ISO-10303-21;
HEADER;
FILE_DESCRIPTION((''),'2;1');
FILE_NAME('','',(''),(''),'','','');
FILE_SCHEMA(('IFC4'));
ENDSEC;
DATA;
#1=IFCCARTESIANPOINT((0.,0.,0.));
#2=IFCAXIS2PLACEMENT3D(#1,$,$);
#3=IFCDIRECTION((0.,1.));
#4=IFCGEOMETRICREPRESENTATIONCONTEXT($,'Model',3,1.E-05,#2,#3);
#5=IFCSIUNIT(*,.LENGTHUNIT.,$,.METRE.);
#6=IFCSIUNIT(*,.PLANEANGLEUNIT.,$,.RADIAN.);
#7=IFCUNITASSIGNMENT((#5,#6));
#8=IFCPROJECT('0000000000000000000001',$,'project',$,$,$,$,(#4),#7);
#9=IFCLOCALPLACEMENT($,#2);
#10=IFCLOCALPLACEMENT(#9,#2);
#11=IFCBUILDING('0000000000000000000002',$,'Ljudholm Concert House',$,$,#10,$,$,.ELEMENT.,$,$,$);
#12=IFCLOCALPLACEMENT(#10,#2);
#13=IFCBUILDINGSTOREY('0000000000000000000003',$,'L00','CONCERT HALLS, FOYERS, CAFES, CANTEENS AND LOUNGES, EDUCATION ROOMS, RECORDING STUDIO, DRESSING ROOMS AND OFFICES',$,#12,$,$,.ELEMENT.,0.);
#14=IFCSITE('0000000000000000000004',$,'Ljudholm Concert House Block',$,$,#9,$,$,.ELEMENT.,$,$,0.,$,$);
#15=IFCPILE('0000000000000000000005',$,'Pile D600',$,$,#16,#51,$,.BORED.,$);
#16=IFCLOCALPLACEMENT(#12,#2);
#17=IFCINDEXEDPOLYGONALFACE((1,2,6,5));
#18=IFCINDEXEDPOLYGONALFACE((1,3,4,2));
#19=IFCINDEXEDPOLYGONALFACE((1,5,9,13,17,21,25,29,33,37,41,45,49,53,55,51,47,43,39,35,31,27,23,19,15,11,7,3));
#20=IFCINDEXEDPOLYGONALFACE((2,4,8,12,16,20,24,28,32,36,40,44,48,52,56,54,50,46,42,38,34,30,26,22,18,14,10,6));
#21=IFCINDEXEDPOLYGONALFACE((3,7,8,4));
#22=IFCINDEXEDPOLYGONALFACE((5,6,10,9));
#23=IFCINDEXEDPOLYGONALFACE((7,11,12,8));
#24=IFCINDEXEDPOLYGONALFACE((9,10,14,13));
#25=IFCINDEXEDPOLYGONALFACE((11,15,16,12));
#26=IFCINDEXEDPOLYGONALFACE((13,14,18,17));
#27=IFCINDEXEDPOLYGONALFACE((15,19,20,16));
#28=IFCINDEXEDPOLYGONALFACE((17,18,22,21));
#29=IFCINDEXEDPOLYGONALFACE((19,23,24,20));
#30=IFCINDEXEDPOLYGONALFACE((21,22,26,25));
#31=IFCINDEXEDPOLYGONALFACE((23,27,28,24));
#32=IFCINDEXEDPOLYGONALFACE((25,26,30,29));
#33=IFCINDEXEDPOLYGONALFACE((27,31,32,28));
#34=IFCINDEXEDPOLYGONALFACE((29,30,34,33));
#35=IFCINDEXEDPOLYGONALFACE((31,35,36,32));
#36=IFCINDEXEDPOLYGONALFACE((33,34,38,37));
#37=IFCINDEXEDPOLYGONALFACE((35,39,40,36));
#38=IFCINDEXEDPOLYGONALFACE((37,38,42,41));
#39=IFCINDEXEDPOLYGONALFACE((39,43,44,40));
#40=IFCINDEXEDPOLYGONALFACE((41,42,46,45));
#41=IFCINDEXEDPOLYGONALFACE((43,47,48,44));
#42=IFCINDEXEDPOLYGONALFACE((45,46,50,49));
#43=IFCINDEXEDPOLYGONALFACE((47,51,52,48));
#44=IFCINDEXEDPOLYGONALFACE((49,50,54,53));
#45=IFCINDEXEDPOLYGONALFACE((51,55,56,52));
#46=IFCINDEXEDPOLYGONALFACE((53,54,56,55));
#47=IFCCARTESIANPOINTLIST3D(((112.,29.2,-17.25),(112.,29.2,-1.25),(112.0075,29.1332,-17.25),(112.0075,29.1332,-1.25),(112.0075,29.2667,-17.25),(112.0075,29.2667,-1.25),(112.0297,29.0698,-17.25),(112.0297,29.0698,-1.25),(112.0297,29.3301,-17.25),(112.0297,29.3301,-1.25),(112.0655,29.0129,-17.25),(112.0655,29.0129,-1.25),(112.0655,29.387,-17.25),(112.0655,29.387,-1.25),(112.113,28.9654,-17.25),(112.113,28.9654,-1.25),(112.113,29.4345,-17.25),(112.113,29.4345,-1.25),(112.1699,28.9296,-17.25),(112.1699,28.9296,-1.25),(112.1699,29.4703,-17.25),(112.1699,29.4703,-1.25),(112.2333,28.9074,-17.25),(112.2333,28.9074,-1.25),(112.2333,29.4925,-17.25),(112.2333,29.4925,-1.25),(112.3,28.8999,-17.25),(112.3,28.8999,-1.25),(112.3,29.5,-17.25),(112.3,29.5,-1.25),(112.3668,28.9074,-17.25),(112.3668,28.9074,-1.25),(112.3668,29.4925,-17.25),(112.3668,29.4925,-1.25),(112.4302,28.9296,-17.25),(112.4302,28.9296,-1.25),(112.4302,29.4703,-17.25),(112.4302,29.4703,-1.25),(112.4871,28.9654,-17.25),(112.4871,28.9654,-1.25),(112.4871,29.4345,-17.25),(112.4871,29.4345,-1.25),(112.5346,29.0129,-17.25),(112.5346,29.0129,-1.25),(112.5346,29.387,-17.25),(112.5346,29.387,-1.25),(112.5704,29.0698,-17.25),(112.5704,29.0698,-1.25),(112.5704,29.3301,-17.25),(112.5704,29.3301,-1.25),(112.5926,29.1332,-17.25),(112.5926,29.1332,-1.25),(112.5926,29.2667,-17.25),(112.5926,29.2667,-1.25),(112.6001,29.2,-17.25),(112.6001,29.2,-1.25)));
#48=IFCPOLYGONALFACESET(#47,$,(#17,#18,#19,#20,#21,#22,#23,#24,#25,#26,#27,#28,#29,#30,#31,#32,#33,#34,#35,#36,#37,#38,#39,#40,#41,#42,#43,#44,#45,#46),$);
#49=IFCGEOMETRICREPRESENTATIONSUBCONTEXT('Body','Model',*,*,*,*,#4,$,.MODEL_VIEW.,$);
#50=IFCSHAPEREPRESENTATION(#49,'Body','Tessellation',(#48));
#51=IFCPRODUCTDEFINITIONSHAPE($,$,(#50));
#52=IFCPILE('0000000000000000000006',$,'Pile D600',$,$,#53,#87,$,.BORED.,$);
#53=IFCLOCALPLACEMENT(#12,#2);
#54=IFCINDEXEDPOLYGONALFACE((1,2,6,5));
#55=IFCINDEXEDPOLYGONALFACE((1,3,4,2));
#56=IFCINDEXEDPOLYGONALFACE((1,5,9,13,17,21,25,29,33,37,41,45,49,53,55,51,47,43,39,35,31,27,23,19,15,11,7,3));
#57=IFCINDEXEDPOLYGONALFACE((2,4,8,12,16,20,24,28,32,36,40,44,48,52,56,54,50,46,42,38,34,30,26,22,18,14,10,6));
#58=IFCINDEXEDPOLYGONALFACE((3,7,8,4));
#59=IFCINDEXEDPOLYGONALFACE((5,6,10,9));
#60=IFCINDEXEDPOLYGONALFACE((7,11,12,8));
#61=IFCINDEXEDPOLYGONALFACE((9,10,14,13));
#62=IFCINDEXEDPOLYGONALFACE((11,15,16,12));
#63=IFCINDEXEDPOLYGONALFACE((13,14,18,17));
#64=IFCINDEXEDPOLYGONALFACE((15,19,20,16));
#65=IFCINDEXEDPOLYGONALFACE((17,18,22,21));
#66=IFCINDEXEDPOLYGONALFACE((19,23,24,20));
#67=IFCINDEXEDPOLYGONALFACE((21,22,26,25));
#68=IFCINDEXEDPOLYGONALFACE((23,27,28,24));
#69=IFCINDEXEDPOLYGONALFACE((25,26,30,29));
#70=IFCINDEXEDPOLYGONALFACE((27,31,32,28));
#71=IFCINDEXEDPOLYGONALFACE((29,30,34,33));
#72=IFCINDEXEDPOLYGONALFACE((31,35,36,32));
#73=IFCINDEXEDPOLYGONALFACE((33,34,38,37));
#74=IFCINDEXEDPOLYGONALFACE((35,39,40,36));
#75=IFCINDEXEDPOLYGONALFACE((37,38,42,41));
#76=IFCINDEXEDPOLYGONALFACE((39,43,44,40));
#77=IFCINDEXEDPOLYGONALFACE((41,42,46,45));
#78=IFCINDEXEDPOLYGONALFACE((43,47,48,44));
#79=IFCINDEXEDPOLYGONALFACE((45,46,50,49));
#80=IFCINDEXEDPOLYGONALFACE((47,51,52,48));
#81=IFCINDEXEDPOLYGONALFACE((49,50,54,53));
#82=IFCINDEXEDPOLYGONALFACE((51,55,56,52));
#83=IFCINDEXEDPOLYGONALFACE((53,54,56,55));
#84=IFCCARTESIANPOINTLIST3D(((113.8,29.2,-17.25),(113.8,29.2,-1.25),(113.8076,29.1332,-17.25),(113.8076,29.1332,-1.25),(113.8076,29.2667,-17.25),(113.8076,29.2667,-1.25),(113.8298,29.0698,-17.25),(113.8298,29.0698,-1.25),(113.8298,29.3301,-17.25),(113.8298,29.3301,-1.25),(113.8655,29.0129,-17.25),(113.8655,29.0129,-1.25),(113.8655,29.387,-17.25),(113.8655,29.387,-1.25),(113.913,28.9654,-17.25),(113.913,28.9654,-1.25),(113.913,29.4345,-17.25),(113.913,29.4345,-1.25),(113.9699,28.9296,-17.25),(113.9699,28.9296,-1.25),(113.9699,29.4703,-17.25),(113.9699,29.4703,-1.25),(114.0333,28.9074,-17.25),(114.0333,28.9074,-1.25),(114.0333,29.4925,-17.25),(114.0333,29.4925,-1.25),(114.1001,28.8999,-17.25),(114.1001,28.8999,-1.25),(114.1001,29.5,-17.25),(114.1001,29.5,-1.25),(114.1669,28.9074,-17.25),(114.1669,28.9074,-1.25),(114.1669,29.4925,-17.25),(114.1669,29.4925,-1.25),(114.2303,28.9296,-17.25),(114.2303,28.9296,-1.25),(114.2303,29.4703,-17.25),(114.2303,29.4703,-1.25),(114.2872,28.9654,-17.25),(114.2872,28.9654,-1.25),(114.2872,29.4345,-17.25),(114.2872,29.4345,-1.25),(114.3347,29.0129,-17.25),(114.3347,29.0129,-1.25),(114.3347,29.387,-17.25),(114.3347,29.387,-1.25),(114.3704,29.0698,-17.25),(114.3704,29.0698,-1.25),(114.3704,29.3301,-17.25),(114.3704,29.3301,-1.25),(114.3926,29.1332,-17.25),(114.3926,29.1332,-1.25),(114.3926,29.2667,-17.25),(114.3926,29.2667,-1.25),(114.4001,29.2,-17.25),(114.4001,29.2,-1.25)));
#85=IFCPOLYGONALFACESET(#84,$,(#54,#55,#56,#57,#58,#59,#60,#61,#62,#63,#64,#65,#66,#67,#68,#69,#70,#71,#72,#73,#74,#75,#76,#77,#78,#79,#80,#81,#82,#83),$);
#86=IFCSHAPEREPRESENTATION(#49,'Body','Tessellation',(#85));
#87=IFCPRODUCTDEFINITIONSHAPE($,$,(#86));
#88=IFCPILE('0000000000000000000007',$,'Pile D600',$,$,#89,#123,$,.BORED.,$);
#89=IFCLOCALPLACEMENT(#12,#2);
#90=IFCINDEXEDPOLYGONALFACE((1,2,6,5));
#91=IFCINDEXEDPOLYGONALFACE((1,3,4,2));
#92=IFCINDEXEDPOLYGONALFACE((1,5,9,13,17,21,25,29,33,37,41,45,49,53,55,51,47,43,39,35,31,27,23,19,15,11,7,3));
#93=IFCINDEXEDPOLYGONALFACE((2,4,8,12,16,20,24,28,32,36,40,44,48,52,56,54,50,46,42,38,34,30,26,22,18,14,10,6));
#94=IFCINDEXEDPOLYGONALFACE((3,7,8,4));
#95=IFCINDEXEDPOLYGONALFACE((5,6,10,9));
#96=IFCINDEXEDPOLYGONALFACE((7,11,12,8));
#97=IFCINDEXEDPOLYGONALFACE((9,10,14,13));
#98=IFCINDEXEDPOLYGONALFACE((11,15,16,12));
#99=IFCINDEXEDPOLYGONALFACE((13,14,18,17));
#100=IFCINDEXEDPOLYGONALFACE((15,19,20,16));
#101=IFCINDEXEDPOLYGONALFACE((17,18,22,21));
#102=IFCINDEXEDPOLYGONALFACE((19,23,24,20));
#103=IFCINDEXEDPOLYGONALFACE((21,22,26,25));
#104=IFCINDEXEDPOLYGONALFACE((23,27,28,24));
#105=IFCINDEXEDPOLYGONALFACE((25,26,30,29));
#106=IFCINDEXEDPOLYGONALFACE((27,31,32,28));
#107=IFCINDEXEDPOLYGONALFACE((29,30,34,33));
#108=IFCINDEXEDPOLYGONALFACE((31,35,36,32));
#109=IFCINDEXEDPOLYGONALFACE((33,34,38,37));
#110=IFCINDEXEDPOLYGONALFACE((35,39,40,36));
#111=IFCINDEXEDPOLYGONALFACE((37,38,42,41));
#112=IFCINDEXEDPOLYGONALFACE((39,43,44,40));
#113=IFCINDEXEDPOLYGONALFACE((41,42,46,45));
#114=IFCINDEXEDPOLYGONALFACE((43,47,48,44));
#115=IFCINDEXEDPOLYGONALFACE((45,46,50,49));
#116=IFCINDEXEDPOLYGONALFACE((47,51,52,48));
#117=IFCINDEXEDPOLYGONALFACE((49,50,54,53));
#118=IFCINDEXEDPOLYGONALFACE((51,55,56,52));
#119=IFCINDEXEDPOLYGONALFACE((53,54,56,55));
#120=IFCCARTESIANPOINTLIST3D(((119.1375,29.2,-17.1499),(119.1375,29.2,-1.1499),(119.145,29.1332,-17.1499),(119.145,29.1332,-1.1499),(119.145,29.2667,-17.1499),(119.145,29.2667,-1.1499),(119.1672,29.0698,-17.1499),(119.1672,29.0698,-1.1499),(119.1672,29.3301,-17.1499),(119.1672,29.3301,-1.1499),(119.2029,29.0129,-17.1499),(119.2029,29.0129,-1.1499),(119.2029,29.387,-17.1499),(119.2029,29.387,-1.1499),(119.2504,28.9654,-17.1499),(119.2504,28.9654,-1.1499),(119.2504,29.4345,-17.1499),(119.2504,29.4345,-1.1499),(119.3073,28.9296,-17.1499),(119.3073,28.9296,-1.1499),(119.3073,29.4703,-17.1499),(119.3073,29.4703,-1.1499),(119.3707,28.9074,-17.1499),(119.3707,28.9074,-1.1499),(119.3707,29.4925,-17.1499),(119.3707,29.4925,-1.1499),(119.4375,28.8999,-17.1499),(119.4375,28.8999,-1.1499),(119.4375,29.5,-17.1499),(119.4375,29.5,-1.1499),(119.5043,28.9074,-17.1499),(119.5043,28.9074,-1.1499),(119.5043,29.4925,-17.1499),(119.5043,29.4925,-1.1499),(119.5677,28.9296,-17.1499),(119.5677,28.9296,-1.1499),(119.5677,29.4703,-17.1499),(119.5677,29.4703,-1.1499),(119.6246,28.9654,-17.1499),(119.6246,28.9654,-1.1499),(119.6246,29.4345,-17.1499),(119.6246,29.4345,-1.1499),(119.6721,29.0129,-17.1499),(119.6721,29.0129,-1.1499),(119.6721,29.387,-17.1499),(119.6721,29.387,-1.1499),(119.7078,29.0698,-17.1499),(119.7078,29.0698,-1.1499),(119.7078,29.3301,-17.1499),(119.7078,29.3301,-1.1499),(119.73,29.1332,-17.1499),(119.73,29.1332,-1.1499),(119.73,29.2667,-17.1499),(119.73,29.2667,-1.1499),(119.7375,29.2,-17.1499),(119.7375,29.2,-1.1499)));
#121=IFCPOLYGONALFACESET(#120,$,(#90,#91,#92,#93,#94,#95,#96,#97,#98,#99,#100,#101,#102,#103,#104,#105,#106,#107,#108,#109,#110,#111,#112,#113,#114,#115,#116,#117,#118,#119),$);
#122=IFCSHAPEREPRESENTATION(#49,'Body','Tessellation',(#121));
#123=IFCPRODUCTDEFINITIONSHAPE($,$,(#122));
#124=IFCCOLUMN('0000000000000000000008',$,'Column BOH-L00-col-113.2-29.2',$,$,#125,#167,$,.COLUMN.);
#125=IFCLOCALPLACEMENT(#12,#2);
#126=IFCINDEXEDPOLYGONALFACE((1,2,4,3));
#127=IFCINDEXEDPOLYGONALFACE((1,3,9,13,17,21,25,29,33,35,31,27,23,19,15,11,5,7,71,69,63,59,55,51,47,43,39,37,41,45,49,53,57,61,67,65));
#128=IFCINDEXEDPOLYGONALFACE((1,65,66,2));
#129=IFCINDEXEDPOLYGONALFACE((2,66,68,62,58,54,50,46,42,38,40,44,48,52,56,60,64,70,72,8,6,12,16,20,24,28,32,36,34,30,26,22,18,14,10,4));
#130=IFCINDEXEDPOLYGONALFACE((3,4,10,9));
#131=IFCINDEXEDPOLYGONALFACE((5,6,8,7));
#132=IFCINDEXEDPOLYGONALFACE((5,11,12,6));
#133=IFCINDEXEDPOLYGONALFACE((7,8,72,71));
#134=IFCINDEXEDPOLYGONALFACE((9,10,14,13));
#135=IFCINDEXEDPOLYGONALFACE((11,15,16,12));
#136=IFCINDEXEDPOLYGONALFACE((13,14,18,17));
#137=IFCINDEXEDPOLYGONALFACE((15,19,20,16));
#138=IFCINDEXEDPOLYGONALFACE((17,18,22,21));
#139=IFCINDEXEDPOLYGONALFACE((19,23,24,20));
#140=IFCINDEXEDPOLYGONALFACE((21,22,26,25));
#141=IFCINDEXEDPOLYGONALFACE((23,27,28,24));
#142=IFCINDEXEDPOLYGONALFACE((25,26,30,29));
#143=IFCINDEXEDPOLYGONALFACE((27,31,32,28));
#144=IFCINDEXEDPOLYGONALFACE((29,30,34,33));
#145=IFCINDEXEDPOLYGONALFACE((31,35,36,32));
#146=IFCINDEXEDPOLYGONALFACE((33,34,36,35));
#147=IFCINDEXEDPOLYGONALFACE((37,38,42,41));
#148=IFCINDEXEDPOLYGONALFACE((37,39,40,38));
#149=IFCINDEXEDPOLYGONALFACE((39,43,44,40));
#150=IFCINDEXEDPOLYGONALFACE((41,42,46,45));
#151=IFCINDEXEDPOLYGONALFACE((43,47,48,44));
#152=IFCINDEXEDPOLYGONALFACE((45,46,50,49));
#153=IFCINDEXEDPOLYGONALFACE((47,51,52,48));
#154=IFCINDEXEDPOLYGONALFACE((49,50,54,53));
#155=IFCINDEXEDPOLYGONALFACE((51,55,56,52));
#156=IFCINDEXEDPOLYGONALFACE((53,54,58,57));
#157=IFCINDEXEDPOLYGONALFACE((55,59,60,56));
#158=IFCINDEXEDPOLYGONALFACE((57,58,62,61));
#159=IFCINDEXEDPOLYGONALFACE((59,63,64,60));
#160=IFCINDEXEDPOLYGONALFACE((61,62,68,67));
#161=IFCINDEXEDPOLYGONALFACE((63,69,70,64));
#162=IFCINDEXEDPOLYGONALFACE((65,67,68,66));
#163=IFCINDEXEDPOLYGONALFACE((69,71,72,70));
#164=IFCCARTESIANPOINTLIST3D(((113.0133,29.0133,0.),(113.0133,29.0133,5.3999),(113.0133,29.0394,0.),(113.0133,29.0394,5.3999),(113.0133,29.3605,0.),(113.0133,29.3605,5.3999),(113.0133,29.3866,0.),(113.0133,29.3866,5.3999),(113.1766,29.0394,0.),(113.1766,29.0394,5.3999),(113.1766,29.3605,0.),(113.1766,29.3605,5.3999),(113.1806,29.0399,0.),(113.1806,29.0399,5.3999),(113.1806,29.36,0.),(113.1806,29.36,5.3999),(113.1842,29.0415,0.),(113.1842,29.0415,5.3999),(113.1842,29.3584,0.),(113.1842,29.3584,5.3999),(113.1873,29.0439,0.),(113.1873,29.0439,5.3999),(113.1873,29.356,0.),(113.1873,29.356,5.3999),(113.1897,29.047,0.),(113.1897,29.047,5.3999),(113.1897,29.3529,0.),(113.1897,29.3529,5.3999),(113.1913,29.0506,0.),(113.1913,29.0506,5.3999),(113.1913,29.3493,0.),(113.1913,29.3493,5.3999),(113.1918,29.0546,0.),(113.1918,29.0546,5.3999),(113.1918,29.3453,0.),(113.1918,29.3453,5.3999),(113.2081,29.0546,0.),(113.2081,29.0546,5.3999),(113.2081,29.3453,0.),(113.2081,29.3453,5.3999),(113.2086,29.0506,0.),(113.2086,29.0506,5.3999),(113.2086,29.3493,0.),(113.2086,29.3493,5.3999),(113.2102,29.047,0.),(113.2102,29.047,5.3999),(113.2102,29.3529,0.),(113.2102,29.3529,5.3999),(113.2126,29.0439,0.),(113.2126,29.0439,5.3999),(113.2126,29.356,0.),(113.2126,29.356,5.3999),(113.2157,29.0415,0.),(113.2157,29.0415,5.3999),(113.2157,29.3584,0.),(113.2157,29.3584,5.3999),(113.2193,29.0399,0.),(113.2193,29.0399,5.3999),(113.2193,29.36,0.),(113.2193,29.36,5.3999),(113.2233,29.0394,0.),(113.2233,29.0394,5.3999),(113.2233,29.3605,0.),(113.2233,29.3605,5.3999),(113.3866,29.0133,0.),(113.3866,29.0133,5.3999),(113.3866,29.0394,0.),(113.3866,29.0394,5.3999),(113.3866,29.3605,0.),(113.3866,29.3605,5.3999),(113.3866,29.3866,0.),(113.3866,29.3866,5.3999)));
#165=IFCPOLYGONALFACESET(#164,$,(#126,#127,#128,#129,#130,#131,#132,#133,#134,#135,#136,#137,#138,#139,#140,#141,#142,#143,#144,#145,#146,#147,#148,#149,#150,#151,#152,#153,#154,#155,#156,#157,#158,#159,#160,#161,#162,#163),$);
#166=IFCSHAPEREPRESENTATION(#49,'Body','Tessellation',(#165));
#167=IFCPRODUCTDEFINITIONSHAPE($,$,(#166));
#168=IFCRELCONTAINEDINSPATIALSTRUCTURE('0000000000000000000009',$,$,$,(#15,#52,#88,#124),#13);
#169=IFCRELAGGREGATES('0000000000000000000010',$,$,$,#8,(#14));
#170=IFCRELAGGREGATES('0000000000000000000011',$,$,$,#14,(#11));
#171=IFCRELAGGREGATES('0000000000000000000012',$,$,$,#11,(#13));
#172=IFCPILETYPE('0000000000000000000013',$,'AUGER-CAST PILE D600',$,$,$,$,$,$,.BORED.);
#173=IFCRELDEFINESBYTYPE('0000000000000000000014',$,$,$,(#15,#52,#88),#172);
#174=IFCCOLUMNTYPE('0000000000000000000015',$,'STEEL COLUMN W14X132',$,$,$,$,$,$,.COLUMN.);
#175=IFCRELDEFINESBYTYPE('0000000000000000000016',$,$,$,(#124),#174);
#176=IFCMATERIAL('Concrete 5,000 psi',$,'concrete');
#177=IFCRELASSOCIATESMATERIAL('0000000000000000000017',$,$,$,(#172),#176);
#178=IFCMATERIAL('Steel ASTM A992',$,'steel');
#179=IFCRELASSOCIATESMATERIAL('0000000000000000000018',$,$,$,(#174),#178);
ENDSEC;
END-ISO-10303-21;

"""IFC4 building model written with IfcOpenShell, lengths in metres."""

from ifc_helpers import new_model, si_unit, direction, frame, origin, origin_2d, place, context, subcontext, project, spatial, circle, i_section, extrude, material, material_profile, profile_set, type_object, element, save


model = new_model("IFC4")

# Units and contexts
model_context = context("Model", 3, precision=1e-05, world=origin(), true_north=direction((0.0, 1.0)))
body_context = subcontext(model_context, "Body", "Model", "MODEL_VIEW")
ifc_project = project(units=[si_unit("LENGTHUNIT", "METRE"), si_unit("PLANEANGLEUNIT", "RADIAN")], contexts=[model_context])

# Site, building, storey
site_placement = place(None, origin())
site = spatial("IfcSite", under=ifc_project, at=site_placement, Name="Ljudholm Concert House Block", CompositionType="ELEMENT", RefElevation=0.0)
building_placement = place(site_placement, origin())
building = spatial("IfcBuilding", under=site, at=building_placement, Name="Ljudholm Concert House", CompositionType="ELEMENT")
storey_placement = place(building_placement, origin())
storey = spatial("IfcBuildingStorey", under=building, at=storey_placement, Name="L00", Description="CONCERT HALLS, FOYERS, CAFES, CANTEENS AND LOUNGES, EDUCATION ROOMS, RECORDING STUDIO, DRESSING ROOMS AND OFFICES", CompositionType="ELEMENT", Elevation=0.0)

# Piles
ifc_material_1 = material(Name="Concrete 5,000 psi", Category="concrete")
ifc_material_profile_1 = material_profile(ifc_material_1, circle(Radius=0.3, at=origin_2d()), Name="AUGER-CAST PILE D600")
ifc_profile_set_1 = profile_set([ifc_material_profile_1], Name="Concrete 5,000 psi")
pile_type = type_object("IfcPileType", Name="AUGER-CAST PILE D600", PredefinedType="BORED", material=ifc_profile_set_1)
for number, where, z_axis, x_axis, name in (
    (1, (112.3, 29.2, -1.25), (0.0, 0.0, -1.0), (1.0, 0.0, 0.0), "Pile D600"),
    (2, (114.1001, 29.2, -1.25), (0.0, 0.0, -1.0), (1.0, 0.0, 0.0), "Pile D600"),
    (3, (119.4375, 29.2, -1.1499), (0.0, 0.0, -1.0), (1.0, 0.0, 0.0), "Pile D600"),
):
    element("IfcPile", number, at=place(storey_placement, frame(where, z_axis=z_axis, x_axis=x_axis)), inside=storey, type_object=pile_type, Name=name, PredefinedType="BORED", context=body_context, shape_type="SweptSolid", body=[
        extrude(circle(Radius=0.3, at=origin_2d()), origin(), (0.0, 0.0, 1.0), 16.0),
    ])

# Column
ifc_material_2 = material(Name="Steel ASTM A992", Category="steel")
ifc_material_profile_2 = material_profile(ifc_material_2, i_section(OverallWidth=0.3733, OverallDepth=0.3733, WebThickness=0.0164, FlangeThickness=0.0261, FilletRadius=0.0151, at=origin_2d()), Name="W14X132")
ifc_profile_set_2 = profile_set([ifc_material_profile_2], Name="Steel ASTM A992")
column_type = type_object("IfcColumnType", Name="STEEL COLUMN W14X132", PredefinedType="COLUMN", material=ifc_profile_set_2)
column_placement = place(storey_placement, frame((113.2, 29.2, 0.0), z_axis=(0.0, 0.0, 1.0), x_axis=(1.0, 0.0, 0.0)))
element("IfcColumn", 4, at=column_placement, inside=storey, type_object=column_type, Name="Column BOH-L00-col-113.2-29.2", PredefinedType="COLUMN", context=body_context, shape_type="SweptSolid", body=[
    extrude(i_section(OverallWidth=0.3733, OverallDepth=0.3733, WebThickness=0.0164, FlangeThickness=0.0261, FilletRadius=0.0151, at=origin_2d()), origin(), (0.0, 0.0, 1.0), 5.3999),
])

save(model, "model.ifc")
